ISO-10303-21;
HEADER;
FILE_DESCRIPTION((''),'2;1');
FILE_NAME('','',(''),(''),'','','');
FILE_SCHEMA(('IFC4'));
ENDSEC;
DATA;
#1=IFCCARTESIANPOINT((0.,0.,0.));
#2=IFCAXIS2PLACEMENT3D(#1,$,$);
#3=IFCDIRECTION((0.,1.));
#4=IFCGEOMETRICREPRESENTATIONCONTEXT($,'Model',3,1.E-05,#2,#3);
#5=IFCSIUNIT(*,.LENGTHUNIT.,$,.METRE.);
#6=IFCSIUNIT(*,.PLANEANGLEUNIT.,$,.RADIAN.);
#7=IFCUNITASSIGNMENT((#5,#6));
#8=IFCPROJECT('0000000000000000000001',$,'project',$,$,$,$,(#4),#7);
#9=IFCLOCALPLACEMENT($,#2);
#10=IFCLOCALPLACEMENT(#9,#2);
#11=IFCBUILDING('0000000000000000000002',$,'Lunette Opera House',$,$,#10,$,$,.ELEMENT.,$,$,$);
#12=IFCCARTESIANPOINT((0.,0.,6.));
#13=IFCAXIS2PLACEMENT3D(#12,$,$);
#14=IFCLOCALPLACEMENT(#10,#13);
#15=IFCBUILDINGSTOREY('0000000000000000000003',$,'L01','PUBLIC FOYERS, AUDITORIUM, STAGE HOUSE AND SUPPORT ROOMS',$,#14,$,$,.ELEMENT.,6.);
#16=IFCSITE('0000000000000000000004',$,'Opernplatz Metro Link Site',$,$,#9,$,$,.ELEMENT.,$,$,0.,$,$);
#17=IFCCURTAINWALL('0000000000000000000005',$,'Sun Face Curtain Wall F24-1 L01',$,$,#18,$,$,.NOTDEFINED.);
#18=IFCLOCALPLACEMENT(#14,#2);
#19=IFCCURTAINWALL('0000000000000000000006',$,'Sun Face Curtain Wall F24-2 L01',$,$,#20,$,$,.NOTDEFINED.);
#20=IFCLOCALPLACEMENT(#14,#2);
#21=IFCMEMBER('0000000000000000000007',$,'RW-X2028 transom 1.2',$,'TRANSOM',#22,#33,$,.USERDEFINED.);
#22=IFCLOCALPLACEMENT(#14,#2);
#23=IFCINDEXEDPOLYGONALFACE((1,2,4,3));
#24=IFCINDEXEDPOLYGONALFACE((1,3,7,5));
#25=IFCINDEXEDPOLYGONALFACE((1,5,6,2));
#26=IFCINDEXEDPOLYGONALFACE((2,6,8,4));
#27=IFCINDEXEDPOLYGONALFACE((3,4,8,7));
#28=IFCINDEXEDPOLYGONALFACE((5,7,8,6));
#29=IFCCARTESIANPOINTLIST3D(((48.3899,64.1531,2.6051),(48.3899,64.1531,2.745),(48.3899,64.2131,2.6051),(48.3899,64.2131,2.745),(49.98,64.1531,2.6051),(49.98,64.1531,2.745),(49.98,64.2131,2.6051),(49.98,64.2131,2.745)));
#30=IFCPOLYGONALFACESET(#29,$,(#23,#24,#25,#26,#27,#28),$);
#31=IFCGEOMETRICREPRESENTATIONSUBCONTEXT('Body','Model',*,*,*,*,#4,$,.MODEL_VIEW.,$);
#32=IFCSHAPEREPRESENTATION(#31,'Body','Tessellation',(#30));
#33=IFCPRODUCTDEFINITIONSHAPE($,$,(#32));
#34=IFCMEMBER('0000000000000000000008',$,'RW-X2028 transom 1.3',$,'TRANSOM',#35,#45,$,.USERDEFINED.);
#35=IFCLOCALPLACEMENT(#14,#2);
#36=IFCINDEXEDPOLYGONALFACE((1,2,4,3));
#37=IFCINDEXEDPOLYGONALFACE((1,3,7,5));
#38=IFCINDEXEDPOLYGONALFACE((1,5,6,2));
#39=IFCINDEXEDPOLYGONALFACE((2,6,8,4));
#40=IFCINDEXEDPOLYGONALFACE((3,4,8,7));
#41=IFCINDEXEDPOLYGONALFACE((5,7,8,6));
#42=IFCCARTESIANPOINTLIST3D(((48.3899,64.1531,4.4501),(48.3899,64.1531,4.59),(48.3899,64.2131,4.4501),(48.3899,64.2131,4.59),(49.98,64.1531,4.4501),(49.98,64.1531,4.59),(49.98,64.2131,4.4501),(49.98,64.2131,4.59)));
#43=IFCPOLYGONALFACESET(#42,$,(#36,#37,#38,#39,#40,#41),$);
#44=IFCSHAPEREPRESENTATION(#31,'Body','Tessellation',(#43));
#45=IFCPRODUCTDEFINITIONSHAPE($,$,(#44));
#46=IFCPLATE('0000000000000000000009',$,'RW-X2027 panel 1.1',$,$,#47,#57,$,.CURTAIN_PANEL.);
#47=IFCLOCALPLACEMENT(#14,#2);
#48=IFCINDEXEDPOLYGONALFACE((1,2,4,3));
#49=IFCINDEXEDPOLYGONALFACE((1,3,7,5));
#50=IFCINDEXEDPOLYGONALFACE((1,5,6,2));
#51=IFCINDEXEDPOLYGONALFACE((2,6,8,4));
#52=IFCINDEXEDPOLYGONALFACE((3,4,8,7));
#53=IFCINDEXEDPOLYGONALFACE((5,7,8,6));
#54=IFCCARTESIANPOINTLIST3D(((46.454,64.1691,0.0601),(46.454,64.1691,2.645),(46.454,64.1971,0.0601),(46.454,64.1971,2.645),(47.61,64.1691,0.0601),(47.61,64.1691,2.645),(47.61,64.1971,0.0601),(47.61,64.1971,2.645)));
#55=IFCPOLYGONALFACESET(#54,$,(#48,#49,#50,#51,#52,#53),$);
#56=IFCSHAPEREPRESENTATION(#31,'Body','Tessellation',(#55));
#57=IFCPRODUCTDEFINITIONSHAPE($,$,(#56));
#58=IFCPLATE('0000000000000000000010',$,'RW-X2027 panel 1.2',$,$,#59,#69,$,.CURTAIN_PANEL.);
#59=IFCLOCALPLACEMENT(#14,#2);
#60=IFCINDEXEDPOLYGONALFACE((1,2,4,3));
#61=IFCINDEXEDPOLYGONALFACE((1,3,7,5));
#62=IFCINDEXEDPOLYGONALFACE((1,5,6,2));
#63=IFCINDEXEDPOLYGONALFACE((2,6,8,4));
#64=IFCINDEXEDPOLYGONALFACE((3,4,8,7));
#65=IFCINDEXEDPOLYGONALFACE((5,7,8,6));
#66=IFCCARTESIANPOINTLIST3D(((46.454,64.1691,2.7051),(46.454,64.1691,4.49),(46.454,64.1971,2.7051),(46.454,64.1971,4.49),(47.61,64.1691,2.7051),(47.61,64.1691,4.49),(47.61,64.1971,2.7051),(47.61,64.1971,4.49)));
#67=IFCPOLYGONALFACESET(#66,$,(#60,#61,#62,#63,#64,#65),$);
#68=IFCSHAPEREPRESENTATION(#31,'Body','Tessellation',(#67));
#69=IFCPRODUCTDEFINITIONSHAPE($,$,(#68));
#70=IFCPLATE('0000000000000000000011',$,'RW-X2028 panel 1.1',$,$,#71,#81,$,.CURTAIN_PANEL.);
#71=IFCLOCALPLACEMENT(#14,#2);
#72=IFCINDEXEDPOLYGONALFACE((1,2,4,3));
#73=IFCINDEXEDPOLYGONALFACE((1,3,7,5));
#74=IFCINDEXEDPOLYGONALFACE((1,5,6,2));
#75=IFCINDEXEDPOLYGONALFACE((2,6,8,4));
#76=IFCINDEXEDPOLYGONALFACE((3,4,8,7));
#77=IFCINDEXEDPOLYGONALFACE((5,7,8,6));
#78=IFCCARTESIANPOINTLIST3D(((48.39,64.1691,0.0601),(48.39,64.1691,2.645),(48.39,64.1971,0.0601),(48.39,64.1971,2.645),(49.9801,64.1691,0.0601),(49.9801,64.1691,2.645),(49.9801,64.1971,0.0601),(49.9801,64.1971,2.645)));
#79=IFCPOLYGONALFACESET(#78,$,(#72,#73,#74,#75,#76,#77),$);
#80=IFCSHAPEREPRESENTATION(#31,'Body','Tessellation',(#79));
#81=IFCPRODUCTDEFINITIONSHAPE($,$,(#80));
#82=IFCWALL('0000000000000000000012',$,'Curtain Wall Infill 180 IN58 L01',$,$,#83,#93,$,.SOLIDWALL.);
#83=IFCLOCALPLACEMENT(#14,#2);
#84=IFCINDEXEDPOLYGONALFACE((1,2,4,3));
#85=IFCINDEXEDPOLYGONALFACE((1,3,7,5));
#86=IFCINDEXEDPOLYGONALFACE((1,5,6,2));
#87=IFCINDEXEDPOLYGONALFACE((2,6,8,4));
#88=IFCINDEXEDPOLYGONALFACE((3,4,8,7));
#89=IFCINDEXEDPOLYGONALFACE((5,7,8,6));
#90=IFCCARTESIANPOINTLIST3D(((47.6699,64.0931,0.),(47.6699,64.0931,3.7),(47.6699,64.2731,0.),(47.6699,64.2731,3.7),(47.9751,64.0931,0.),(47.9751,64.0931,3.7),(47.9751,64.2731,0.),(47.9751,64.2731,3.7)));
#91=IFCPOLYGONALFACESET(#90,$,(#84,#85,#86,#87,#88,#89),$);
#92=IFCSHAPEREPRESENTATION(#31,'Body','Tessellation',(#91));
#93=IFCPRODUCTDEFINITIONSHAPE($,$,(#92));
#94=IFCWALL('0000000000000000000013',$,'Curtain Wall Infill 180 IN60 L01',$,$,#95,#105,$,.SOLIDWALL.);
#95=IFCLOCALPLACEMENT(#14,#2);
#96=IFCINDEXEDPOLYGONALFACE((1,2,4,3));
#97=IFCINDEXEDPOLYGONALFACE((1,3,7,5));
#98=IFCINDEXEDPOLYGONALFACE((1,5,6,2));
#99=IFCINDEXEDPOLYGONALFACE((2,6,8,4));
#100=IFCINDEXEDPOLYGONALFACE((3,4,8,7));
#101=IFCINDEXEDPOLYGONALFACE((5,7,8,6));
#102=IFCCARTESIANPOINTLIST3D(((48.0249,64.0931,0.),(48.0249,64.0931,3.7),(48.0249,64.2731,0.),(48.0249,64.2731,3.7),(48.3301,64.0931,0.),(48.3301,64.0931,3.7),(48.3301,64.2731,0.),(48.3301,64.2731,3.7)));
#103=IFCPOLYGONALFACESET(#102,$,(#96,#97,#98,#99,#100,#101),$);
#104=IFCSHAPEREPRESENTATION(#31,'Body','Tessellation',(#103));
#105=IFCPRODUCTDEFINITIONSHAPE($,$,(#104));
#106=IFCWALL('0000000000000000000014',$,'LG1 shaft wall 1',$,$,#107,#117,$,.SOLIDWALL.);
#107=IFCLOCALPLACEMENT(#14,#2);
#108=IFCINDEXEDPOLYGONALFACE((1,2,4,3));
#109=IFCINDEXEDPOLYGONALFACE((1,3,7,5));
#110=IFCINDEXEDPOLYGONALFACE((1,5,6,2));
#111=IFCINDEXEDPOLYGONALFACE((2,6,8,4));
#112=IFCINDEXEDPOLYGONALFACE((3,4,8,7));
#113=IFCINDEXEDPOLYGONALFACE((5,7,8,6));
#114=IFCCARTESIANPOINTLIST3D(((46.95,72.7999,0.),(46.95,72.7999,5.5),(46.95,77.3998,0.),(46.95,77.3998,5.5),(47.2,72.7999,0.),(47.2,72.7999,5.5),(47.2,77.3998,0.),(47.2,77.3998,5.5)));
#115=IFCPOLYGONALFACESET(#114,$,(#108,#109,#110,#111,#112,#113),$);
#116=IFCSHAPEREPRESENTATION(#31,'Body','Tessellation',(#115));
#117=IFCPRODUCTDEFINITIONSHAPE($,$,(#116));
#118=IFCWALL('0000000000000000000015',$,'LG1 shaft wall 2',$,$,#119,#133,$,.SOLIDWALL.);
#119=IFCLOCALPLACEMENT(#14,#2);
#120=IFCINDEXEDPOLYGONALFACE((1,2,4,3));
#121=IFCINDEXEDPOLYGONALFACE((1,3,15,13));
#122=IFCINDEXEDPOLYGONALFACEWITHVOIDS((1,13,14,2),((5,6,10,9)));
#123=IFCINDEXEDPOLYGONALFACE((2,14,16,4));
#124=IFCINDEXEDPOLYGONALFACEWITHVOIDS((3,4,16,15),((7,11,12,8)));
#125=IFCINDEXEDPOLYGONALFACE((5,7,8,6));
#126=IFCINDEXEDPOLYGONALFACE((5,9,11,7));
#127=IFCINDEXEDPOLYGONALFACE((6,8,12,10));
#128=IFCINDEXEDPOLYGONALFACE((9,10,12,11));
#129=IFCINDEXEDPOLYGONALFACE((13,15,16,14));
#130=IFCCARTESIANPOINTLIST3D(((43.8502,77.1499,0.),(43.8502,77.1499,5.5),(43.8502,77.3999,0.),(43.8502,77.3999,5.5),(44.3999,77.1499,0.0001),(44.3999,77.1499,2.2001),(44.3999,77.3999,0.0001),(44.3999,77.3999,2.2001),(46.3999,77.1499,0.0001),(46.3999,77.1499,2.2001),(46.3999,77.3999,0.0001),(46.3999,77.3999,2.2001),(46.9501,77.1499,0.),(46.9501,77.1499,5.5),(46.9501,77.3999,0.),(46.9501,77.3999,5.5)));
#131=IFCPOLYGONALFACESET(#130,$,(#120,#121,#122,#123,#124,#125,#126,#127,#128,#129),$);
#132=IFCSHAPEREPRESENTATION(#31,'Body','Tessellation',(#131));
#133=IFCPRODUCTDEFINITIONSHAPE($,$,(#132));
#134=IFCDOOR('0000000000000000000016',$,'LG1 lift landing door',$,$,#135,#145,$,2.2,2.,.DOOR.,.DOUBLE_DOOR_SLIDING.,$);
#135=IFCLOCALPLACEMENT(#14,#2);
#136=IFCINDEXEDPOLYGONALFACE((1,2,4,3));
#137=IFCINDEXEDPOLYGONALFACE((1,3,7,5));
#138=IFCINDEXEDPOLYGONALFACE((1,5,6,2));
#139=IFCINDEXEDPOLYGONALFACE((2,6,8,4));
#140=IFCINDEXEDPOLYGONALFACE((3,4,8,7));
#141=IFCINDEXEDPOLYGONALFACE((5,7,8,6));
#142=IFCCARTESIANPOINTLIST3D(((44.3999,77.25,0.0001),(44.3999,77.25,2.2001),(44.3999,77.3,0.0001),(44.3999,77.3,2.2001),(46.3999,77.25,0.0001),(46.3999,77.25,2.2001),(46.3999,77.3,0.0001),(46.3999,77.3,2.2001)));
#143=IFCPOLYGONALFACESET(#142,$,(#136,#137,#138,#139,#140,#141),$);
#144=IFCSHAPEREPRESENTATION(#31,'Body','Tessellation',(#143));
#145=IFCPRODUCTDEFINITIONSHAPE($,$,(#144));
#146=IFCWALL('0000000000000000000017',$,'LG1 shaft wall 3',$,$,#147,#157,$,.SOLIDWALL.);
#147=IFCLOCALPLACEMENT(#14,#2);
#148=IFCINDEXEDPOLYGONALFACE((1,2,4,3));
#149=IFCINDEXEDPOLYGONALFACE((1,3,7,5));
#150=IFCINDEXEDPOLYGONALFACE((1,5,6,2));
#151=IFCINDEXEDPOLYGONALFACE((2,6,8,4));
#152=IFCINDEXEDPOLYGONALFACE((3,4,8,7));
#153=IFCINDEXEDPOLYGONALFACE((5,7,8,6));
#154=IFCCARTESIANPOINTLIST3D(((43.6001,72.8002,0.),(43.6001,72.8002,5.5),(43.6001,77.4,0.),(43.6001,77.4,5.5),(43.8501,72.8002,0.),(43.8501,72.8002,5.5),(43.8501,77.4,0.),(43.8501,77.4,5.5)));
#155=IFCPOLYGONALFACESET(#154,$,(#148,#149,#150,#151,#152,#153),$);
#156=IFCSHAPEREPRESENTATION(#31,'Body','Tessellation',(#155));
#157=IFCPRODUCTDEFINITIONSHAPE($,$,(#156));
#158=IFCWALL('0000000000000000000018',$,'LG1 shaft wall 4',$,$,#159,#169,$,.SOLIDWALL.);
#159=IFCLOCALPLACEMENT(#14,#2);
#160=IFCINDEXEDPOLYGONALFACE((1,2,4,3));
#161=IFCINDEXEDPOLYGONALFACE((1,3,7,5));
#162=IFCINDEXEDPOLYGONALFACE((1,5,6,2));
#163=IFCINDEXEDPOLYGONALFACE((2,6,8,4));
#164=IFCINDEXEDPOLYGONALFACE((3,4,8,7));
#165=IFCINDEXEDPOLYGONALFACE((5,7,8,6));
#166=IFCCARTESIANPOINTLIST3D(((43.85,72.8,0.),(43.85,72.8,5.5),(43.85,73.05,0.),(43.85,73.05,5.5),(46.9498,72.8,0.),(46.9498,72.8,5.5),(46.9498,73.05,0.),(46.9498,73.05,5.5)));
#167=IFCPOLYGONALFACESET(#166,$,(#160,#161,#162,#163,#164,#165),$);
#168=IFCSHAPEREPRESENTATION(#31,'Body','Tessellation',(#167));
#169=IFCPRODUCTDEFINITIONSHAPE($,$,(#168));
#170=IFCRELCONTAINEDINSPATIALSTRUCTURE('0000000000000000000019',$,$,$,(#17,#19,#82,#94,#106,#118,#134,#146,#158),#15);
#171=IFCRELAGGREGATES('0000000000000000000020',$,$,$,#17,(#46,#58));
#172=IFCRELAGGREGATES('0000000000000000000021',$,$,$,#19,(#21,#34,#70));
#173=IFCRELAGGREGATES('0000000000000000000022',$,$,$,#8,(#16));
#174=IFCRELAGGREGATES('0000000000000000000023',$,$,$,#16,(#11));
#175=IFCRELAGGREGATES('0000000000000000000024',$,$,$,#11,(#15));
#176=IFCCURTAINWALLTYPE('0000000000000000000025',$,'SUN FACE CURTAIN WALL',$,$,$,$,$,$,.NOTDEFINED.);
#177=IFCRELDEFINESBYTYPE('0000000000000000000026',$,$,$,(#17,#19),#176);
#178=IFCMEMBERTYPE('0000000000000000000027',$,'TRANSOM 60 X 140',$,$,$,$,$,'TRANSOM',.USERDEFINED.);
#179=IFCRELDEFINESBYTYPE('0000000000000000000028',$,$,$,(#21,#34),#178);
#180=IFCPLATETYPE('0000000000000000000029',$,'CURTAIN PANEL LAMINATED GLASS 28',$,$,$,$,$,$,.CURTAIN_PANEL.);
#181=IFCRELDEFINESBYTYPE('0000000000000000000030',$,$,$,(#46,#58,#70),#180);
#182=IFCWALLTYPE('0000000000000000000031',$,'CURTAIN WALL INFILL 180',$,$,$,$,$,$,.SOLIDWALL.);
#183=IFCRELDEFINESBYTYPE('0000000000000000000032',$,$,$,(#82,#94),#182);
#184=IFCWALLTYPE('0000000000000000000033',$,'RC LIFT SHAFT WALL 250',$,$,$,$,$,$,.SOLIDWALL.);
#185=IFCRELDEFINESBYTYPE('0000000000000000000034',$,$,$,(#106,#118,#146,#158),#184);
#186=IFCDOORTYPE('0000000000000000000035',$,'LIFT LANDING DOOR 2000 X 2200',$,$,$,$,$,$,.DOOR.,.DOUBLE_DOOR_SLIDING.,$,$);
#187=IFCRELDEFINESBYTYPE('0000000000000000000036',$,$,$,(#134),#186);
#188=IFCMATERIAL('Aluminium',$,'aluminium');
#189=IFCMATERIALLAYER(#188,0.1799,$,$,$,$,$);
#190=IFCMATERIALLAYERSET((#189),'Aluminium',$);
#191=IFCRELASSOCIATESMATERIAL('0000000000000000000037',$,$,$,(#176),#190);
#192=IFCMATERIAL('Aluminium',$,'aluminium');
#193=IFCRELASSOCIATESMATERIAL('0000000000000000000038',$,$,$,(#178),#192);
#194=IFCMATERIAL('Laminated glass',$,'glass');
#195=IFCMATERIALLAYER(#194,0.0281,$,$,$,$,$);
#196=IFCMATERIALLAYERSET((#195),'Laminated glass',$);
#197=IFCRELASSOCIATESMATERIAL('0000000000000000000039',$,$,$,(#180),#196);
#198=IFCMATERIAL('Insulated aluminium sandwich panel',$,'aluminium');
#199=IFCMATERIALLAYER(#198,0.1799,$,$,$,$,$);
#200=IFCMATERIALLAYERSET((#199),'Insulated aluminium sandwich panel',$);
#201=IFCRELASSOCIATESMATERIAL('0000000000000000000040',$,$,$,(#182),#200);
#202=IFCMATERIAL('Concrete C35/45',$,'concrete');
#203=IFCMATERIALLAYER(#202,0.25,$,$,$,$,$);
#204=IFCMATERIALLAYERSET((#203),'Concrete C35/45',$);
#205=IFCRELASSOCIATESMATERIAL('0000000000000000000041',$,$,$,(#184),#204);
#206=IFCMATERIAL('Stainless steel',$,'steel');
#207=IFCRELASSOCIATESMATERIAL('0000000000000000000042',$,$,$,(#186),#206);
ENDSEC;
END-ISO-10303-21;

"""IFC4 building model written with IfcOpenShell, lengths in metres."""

from ifc_helpers import new_model, si_unit, direction, frame, frame_2d, origin, origin_2d, place, context, subcontext, project, spatial, rectangle, extrude, material, layer, layer_set, material_profile, profile_set, type_object, element, fill, aggregate, save


model = new_model("IFC4")

# Units and contexts
model_context = context("Model", 3, precision=1e-05, world=origin(), true_north=direction((0.0, 1.0)))
body_context = subcontext(model_context, "Body", "Model", "MODEL_VIEW")
ifc_project = project(units=[si_unit("LENGTHUNIT", "METRE"), si_unit("PLANEANGLEUNIT", "RADIAN")], contexts=[model_context])

# Site, building, storey
site_placement = place(None, origin())
site = spatial("IfcSite", under=ifc_project, at=site_placement, Name="Opernplatz Metro Link Site", CompositionType="ELEMENT", RefElevation=0.0)
building_placement = place(site_placement, origin())
building = spatial("IfcBuilding", under=site, at=building_placement, Name="Lunette Opera House", CompositionType="ELEMENT")
storey_placement = place(building_placement, frame((0.0, 0.0, 6.0)))
storey = spatial("IfcBuildingStorey", under=building, at=storey_placement, Name="L01", Description="PUBLIC FOYERS, AUDITORIUM, STAGE HOUSE AND SUPPORT ROOMS", CompositionType="ELEMENT", Elevation=6.0)

# Curtain wall
ifc_material_1 = material(Name="Aluminium", Category="aluminium")
ifc_layer_1 = layer(ifc_material_1, 0.1799)
ifc_layer_set_1 = layer_set([ifc_layer_1], Name="Aluminium")
curtain_wall_type = type_object("IfcCurtainWallType", Name="SUN FACE CURTAIN WALL", PredefinedType="NOTDEFINED", material=ifc_layer_set_1)
curtain_wall_1_placement = place(storey_placement, origin())
curtain_wall_1 = element("IfcCurtainWall", 1, at=curtain_wall_1_placement, inside=storey, type_object=curtain_wall_type, Name="Sun Face Curtain Wall F24-1 L01", PredefinedType="NOTDEFINED")

# Curtain wall
curtain_wall_2_placement = place(storey_placement, origin())
curtain_wall_2 = element("IfcCurtainWall", 2, at=curtain_wall_2_placement, inside=storey, type_object=curtain_wall_type, Name="Sun Face Curtain Wall F24-2 L01", PredefinedType="NOTDEFINED")

# Members
ifc_material_2 = material(Name="Aluminium", Category="aluminium")
ifc_material_profile_1 = material_profile(ifc_material_2, rectangle(XDim=0.0601, YDim=0.1399, at=origin_2d()), Name="TRANSOM 60 X 140")
ifc_profile_set_1 = profile_set([ifc_material_profile_1], Name="Aluminium")
member_type_1 = type_object("IfcMemberType", Name="TRANSOM 60 X 140", ElementType="TRANSOM", PredefinedType="USERDEFINED", material=ifc_profile_set_1)
member_1_placement = place(storey_placement, frame((48.3899, 64.1831, 2.675), z_axis=(1.0, 0.0, 0.0), x_axis=(0.0, 1.0, 0.0)))
member_1 = element("IfcMember", 3, at=member_1_placement, type_object=member_type_1, Name="RW-X2028 transom 1.2", ObjectType="TRANSOM", PredefinedType="USERDEFINED", context=body_context, shape_type="SweptSolid", body=[
    extrude(rectangle(XDim=0.0601, YDim=0.1399, at=origin_2d()), origin(), (0.0, 0.0, 1.0), 1.5901),
])
member_2_placement = place(storey_placement, frame((48.3899, 64.1831, 4.52), z_axis=(1.0, 0.0, 0.0), x_axis=(0.0, 1.0, 0.0)))
member_2 = element("IfcMember", 4, at=member_2_placement, type_object=member_type_1, Name="RW-X2028 transom 1.3", ObjectType="TRANSOM", PredefinedType="USERDEFINED", context=body_context, shape_type="SweptSolid", body=[
    extrude(rectangle(XDim=0.0601, YDim=0.1399, at=origin_2d()), origin(), (0.0, 0.0, 1.0), 1.5901),
])

# Plates
ifc_material_3 = material(Name="Laminated glass", Category="glass")
ifc_layer_2 = layer(ifc_material_3, 0.0281)
ifc_layer_set_2 = layer_set([ifc_layer_2], Name="Laminated glass")
plate_type = type_object("IfcPlateType", Name="CURTAIN PANEL LAMINATED GLASS 28", PredefinedType="CURTAIN_PANEL", material=ifc_layer_set_2)
plate_1_placement = place(storey_placement, frame((47.032, 64.1831, 0.0601), z_axis=(0.0, 0.0, 1.0), x_axis=(1.0, 0.0, 0.0)))
plate_1 = element("IfcPlate", 5, at=plate_1_placement, type_object=plate_type, Name="RW-X2027 panel 1.1", PredefinedType="CURTAIN_PANEL", context=body_context, shape_type="SweptSolid", body=[
    extrude(rectangle(XDim=1.156, YDim=0.0281, at=origin_2d()), origin(), (0.0, 0.0, 1.0), 2.585),
])
plate_2_placement = place(storey_placement, frame((47.032, 64.1831, 2.7051), z_axis=(0.0, 0.0, 1.0), x_axis=(1.0, 0.0, 0.0)))
plate_2 = element("IfcPlate", 6, at=plate_2_placement, type_object=plate_type, Name="RW-X2027 panel 1.2", PredefinedType="CURTAIN_PANEL", context=body_context, shape_type="SweptSolid", body=[
    extrude(rectangle(XDim=1.156, YDim=0.0281, at=origin_2d()), origin(), (0.0, 0.0, 1.0), 1.7849),
])
aggregate(curtain_wall_1, [plate_1, plate_2])
plate_3_placement = place(storey_placement, frame((49.1851, 64.1831, 0.0601), z_axis=(0.0, 0.0, 1.0), x_axis=(1.0, 0.0, 0.0)))
plate_3 = element("IfcPlate", 7, at=plate_3_placement, type_object=plate_type, Name="RW-X2028 panel 1.1", PredefinedType="CURTAIN_PANEL", context=body_context, shape_type="SweptSolid", body=[
    extrude(rectangle(XDim=1.5901, YDim=0.0281, at=origin_2d()), origin(), (0.0, 0.0, 1.0), 2.585),
])
aggregate(curtain_wall_2, [member_1, member_2, plate_3])

# Walls
ifc_material_4 = material(Name="Insulated aluminium sandwich panel", Category="aluminium")
ifc_layer_3 = layer(ifc_material_4, 0.1799)
ifc_layer_set_3 = layer_set([ifc_layer_3], Name="Insulated aluminium sandwich panel")
wall_type_1 = type_object("IfcWallType", Name="CURTAIN WALL INFILL 180", PredefinedType="SOLIDWALL", material=ifc_layer_set_3)
for number, where, z_axis, x_axis, name in (
    (8, (47.6699, 64.1831, 0.0), (0.0, 0.0, 1.0), (1.0, 0.0, 0.0), "Curtain Wall Infill 180 IN58 L01"),
    (9, (48.3301, 64.1831, 0.0), (0.0, 0.0, 1.0), (-1.0, 0.0, 0.0), "Curtain Wall Infill 180 IN60 L01"),
):
    element("IfcWall", number, at=place(storey_placement, frame(where, z_axis=z_axis, x_axis=x_axis)), inside=storey, type_object=wall_type_1, Name=name, PredefinedType="SOLIDWALL", context=body_context, shape_type="SweptSolid", body=[
        extrude(rectangle(XDim=0.3052, YDim=0.1799, at=frame_2d((0.1526, 0.0))), origin(), (0.0, 0.0, 1.0), 3.7),
    ])
ifc_material_5 = material(Name="Concrete C35/45", Category="concrete")
ifc_layer_4 = layer(ifc_material_5, 0.25)
ifc_layer_set_4 = layer_set([ifc_layer_4], Name="Concrete C35/45")
wall_type_2 = type_object("IfcWallType", Name="RC LIFT SHAFT WALL 250", PredefinedType="SOLIDWALL", material=ifc_layer_set_4)
wall_1_placement = place(storey_placement, frame((47.075, 72.8, 0.0), z_axis=(0.0, 0.0, 1.0), x_axis=(0.0, 1.0, 0.0)))
element("IfcWall", 10, at=wall_1_placement, inside=storey, type_object=wall_type_2, Name="LG1 shaft wall 1", PredefinedType="SOLIDWALL", context=body_context, shape_type="SweptSolid", body=[
    extrude(rectangle(XDim=4.5999, YDim=0.25, at=frame_2d((2.2998, 0.0))), origin(), (0.0, 0.0, 1.0), 5.5),
])

# Wall, opening, door
wall_2_placement = place(storey_placement, frame((46.95, 77.2749, 0.0), z_axis=(0.0, 0.0, 1.0), x_axis=(-1.0, 0.0, 0.0)))
wall_2 = element("IfcWall", 11, at=wall_2_placement, inside=storey, type_object=wall_type_2, Name="LG1 shaft wall 2", PredefinedType="SOLIDWALL", context=body_context, shape_type="SweptSolid", body=[
    extrude(rectangle(XDim=3.0999, YDim=0.25, at=frame_2d((1.5498, 0.0))), origin(), (0.0, 0.0, 1.0), 5.5),
])
opening_placement = place(wall_2_placement, frame((0.55, 0.0, 0.0)))
opening = element("IfcOpeningElement", 12, at=opening_placement, cuts=wall_2, PredefinedType="OPENING", context=body_context, shape_type="SweptSolid", body=[
    extrude(rectangle(XDim=2.0, YDim=2.2, at=frame_2d((1.0, 1.1001))), frame((0.0, 0.137, 0.0), z_axis=(0.0, -1.0, 0.0), x_axis=(1.0, 0.0, 0.0)), (0.0, 0.0, 1.0), 0.2739),
])
ifc_material_6 = material(Name="Stainless steel", Category="steel")
door_type = type_object("IfcDoorType", Name="LIFT LANDING DOOR 2000 X 2200", OperationType="DOUBLE_DOOR_SLIDING", PredefinedType="DOOR", material=ifc_material_6)
door_placement = place(opening_placement, origin())
door = element("IfcDoor", 13, at=door_placement, inside=storey, type_object=door_type, Name="LG1 lift landing door", OperationType="DOUBLE_DOOR_SLIDING", OverallHeight=2.2, OverallWidth=2.0, PredefinedType="DOOR", context=body_context, shape_type="SweptSolid", body=[
    extrude(rectangle(XDim=2.0, YDim=2.2, at=frame_2d((1.0, 1.1001))), frame((0.0, 0.0249, 0.0), z_axis=(0.0, -1.0, 0.0), x_axis=(1.0, 0.0, 0.0)), (0.0, 0.0, 1.0), 0.05),
])
fill(opening, door)

# Walls
wall_3_placement = place(storey_placement, frame((43.7251, 77.3999, 0.0), z_axis=(0.0, 0.0, 1.0), x_axis=(0.0, -1.0, 0.0)))
element("IfcWall", 14, at=wall_3_placement, inside=storey, type_object=wall_type_2, Name="LG1 shaft wall 3", PredefinedType="SOLIDWALL", context=body_context, shape_type="SweptSolid", body=[
    extrude(rectangle(XDim=4.5999, YDim=0.25, at=frame_2d((2.2998, 0.0))), origin(), (0.0, 0.0, 1.0), 5.5),
])
wall_4_placement = place(storey_placement, frame((43.8501, 72.925, 0.0), z_axis=(0.0, 0.0, 1.0), x_axis=(1.0, 0.0, 0.0)))
element("IfcWall", 15, at=wall_4_placement, inside=storey, type_object=wall_type_2, Name="LG1 shaft wall 4", PredefinedType="SOLIDWALL", context=body_context, shape_type="SweptSolid", body=[
    extrude(rectangle(XDim=3.0999, YDim=0.25, at=frame_2d((1.5498, 0.0))), origin(), (0.0, 0.0, 1.0), 5.5),
])

save(model, "model.ifc")
